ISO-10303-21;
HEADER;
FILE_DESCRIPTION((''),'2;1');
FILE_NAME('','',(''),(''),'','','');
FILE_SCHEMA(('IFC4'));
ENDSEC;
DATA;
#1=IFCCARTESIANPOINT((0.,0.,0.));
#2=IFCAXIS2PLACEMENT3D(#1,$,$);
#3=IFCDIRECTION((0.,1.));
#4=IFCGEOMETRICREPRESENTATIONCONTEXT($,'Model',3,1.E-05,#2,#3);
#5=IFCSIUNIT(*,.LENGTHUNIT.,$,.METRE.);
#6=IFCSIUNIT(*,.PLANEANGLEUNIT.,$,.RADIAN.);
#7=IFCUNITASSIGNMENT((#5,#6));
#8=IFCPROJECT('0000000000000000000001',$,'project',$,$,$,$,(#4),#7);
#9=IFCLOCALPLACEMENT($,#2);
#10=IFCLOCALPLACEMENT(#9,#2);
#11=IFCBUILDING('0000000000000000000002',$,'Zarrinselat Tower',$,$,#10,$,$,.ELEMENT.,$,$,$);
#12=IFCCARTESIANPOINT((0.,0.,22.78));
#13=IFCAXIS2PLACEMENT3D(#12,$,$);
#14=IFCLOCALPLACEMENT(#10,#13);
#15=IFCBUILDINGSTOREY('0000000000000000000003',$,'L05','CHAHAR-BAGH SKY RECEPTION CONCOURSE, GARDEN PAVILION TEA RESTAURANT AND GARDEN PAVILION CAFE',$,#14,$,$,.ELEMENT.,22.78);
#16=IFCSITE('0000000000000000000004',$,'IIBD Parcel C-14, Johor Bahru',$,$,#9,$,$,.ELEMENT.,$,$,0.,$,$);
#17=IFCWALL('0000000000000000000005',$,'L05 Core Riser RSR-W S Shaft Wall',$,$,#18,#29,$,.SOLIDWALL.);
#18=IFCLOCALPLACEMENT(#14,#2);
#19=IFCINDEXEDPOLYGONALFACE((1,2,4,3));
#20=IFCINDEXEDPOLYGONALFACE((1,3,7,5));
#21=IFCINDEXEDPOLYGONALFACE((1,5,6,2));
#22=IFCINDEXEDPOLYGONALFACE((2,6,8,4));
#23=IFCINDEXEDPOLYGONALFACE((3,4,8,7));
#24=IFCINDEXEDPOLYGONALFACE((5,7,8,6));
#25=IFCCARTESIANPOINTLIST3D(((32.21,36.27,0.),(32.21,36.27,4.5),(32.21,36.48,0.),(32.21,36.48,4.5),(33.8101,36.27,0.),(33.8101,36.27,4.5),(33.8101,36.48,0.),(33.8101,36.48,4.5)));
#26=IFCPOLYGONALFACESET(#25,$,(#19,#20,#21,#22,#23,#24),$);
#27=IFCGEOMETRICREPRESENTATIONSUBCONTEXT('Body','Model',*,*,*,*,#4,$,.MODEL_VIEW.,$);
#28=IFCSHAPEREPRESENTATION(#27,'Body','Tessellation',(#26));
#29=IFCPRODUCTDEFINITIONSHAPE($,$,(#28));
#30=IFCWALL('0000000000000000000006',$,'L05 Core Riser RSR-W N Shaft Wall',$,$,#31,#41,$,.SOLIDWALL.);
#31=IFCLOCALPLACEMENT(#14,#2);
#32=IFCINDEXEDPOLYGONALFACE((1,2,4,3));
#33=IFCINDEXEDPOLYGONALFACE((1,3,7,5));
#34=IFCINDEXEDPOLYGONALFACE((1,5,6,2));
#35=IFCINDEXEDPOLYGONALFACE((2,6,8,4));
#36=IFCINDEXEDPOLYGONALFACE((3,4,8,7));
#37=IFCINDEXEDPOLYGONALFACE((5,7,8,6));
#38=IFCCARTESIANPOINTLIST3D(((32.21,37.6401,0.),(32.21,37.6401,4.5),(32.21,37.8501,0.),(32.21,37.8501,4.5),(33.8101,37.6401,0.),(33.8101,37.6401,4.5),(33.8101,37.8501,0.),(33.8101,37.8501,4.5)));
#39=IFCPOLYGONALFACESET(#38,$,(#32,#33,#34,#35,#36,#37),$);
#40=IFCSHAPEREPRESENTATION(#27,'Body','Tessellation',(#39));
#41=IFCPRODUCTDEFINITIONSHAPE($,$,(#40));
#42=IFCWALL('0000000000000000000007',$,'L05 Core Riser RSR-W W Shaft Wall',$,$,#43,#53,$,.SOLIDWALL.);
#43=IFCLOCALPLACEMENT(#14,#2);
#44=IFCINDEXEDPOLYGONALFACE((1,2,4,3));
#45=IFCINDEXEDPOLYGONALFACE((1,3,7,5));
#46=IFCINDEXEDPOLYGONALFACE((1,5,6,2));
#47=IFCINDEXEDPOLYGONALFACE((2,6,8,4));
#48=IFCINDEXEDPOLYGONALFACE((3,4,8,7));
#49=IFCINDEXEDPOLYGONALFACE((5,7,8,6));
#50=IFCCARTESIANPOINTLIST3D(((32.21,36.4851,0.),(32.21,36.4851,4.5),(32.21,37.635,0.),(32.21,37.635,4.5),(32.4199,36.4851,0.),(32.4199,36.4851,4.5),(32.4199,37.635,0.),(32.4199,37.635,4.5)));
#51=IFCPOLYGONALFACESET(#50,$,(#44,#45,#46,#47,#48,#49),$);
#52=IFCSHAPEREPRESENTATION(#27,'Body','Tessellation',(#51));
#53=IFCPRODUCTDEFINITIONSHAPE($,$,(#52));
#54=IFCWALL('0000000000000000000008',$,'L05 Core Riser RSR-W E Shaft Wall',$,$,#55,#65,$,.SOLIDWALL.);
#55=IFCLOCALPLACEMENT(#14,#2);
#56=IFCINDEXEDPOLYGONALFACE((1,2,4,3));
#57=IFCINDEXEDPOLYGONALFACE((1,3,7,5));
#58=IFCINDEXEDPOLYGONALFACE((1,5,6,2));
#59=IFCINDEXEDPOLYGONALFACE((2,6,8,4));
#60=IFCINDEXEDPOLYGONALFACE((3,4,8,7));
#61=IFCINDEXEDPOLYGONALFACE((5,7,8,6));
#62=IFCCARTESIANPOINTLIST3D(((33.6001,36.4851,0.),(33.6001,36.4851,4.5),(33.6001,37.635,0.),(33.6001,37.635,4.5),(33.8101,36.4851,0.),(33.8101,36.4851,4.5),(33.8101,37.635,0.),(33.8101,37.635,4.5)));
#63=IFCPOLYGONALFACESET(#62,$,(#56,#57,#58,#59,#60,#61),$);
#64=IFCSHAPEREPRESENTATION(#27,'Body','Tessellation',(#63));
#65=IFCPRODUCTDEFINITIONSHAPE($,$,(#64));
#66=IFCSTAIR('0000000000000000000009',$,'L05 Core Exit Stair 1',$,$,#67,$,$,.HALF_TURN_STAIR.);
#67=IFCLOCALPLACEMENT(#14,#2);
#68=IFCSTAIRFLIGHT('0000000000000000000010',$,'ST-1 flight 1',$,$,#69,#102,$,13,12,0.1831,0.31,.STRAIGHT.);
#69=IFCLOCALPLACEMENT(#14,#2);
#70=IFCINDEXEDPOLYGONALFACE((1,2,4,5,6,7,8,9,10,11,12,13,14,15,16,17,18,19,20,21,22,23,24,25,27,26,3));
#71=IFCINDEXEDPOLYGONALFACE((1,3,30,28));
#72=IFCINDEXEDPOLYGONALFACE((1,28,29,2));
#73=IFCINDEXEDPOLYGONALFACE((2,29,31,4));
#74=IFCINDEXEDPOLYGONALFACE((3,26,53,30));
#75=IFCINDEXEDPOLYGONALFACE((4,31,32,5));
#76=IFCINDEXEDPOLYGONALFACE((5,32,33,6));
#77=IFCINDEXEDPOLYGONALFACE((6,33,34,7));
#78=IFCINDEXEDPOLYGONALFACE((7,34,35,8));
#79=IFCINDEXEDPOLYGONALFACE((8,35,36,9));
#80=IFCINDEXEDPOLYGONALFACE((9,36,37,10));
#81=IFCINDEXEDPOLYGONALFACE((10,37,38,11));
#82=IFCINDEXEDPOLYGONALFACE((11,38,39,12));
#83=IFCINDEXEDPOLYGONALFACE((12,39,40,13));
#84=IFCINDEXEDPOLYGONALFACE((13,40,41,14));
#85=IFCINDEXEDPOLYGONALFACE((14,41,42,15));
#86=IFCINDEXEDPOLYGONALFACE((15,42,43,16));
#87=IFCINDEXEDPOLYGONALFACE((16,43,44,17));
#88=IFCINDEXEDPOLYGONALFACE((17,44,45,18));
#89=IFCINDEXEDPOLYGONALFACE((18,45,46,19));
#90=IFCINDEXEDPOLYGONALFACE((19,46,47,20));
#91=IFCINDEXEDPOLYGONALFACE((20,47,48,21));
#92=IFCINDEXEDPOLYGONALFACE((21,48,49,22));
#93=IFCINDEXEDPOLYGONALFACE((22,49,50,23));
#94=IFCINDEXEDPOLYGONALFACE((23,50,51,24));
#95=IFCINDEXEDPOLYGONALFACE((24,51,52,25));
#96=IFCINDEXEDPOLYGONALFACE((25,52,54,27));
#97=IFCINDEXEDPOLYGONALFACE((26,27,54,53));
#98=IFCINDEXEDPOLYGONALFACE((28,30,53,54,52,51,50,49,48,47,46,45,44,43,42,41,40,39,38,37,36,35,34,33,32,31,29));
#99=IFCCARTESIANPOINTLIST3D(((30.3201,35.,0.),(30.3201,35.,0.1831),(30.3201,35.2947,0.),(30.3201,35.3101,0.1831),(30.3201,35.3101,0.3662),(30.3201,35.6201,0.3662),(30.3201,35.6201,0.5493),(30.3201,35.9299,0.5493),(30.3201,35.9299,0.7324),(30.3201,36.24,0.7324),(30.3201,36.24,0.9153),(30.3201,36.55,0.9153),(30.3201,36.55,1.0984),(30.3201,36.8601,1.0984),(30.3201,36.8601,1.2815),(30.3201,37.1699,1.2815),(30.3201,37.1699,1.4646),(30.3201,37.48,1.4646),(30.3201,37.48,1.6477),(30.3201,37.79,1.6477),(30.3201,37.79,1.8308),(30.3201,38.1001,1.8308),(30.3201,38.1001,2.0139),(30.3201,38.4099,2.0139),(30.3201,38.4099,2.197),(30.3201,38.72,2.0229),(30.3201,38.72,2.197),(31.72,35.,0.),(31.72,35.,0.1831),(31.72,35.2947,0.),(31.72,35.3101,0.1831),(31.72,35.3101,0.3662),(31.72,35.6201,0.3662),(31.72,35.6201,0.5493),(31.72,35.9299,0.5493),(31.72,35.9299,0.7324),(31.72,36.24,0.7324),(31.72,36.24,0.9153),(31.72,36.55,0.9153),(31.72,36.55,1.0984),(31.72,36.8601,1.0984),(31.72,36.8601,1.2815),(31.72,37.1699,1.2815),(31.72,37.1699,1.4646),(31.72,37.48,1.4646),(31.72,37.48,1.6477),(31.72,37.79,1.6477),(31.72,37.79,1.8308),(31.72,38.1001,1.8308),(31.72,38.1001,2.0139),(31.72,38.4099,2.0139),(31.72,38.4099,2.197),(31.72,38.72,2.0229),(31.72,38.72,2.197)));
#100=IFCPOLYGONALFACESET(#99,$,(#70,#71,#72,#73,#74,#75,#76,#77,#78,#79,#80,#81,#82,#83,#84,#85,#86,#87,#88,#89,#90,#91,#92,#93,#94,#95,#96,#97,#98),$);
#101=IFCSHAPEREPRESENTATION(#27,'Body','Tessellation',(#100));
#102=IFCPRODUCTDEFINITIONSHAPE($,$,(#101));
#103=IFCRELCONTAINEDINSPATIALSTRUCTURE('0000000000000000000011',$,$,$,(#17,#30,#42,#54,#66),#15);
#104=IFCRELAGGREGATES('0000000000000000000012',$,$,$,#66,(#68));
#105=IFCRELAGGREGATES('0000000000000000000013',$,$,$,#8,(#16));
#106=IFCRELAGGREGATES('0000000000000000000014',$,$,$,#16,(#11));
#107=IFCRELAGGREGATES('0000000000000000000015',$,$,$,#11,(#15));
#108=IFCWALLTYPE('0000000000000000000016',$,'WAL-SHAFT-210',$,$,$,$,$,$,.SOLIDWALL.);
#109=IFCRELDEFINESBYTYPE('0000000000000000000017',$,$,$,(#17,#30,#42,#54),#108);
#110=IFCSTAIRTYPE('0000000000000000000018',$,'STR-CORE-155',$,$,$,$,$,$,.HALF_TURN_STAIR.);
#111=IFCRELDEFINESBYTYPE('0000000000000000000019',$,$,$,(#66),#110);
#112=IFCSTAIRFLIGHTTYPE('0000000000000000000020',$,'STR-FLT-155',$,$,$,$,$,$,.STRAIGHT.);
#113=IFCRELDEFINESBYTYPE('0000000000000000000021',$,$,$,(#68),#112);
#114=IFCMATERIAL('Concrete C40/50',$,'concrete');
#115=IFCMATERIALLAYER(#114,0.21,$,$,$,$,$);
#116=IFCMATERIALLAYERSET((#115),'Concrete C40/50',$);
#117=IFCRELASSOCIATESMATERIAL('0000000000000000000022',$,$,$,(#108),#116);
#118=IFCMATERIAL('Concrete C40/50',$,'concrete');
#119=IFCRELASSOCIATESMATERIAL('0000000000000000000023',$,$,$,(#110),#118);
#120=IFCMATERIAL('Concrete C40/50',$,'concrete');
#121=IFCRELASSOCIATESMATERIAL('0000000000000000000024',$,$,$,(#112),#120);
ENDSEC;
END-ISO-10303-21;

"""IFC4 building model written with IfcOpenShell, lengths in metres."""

from ifc_helpers import new_model, si_unit, direction, frame, frame_2d, origin, place, context, subcontext, project, spatial, polyline, rectangle, outline, extrude, material, layer, layer_set, type_object, element, aggregate, save


model = new_model("IFC4")

# Units and contexts
model_context = context("Model", 3, precision=1e-05, world=origin(), true_north=direction((0.0, 1.0)))
body_context = subcontext(model_context, "Body", "Model", "MODEL_VIEW")
ifc_project = project(units=[si_unit("LENGTHUNIT", "METRE"), si_unit("PLANEANGLEUNIT", "RADIAN")], contexts=[model_context])

# Site, building, storey
site_placement = place(None, origin())
site = spatial("IfcSite", under=ifc_project, at=site_placement, Name="IIBD Parcel C-14, Johor Bahru", CompositionType="ELEMENT", RefElevation=0.0)
building_placement = place(site_placement, origin())
building = spatial("IfcBuilding", under=site, at=building_placement, Name="Zarrinselat Tower", CompositionType="ELEMENT")
storey_placement = place(building_placement, frame((0.0, 0.0, 22.78)))
storey = spatial("IfcBuildingStorey", under=building, at=storey_placement, Name="L05", Description="CHAHAR-BAGH SKY RECEPTION CONCOURSE, GARDEN PAVILION TEA RESTAURANT AND GARDEN PAVILION CAFE", CompositionType="ELEMENT", Elevation=22.78)

# Shared definitions
ifc_material_1 = material(Name="Concrete C40/50", Category="concrete")
ifc_layer_1 = layer(ifc_material_1, 0.21)
ifc_layer_set_1 = layer_set([ifc_layer_1], Name="Concrete C40/50")
wall_type_1 = type_object("IfcWallType", Name="WAL-SHAFT-210", PredefinedType="SOLIDWALL", material=ifc_layer_set_1)

# Walls
for number, where, z_axis, x_axis, name in (
    (1, (32.21, 36.375, 0.0), (0.0, 0.0, 1.0), (1.0, 0.0, 0.0), "L05 Core Riser RSR-W S Shaft Wall"),
    (2, (32.21, 37.7451, 0.0), (0.0, 0.0, 1.0), (1.0, 0.0, 0.0), "L05 Core Riser RSR-W N Shaft Wall"),
):
    element("IfcWall", number, at=place(storey_placement, frame(where, z_axis=z_axis, x_axis=x_axis)), inside=storey, type_object=wall_type_1, Name=name, PredefinedType="SOLIDWALL", context=body_context, shape_type="SweptSolid", body=[
        extrude(rectangle(XDim=1.6001, YDim=0.21, at=frame_2d((0.8, 0.0))), origin(), (0.0, 0.0, 1.0), 4.5),
    ])
for number, where, z_axis, x_axis, name in (
    (3, (32.3149, 36.4851, 0.0), (0.0, 0.0, 1.0), (0.0, 1.0, 0.0), "L05 Core Riser RSR-W W Shaft Wall"),
    (4, (33.7051, 36.4851, 0.0), (0.0, 0.0, 1.0), (0.0, 1.0, 0.0), "L05 Core Riser RSR-W E Shaft Wall"),
):
    element("IfcWall", number, at=place(storey_placement, frame(where, z_axis=z_axis, x_axis=x_axis)), inside=storey, type_object=wall_type_1, Name=name, PredefinedType="SOLIDWALL", context=body_context, shape_type="SweptSolid", body=[
        extrude(rectangle(XDim=1.1499, YDim=0.21, at=frame_2d((0.575, 0.0))), origin(), (0.0, 0.0, 1.0), 4.5),
    ])

# Stair, stair flight
ifc_material_2 = material(Name="Concrete C40/50", Category="concrete")
stair_type = type_object("IfcStairType", Name="STR-CORE-155", PredefinedType="HALF_TURN_STAIR", material=ifc_material_2)
stair_placement = place(storey_placement, origin())
stair = element("IfcStair", 5, at=stair_placement, inside=storey, type_object=stair_type, Name="L05 Core Exit Stair 1", PredefinedType="HALF_TURN_STAIR")
ifc_material_3 = material(Name="Concrete C40/50", Category="concrete")
stair_flight_type = type_object("IfcStairFlightType", Name="STR-FLT-155", PredefinedType="STRAIGHT", material=ifc_material_3)
stair_flight_placement = place(storey_placement, frame((31.02, 35.0, 0.0), z_axis=(0.0, 0.0, 1.0), x_axis=(0.0, 1.0, 0.0)))
stair_flight = element("IfcStairFlight", 6, at=stair_flight_placement, type_object=stair_flight_type, Name="ST-1 flight 1", NumberOfRisers=13, NumberOfTreads=12, PredefinedType="STRAIGHT", RiserHeight=0.1831, TreadLength=0.31, context=body_context, shape_type="SweptSolid", body=[
    extrude(outline(polyline([(0.0, 0.0), (0.0, 0.1831), (0.3101, 0.1831), (0.3101, 0.3662), (0.6201, 0.3662), (0.6201, 0.5493), (0.9299, 0.5493), (0.9299, 0.7324), (1.24, 0.7324), (1.24, 0.9153), (1.55, 0.9153), (1.55, 1.0984), (1.8601, 1.0984), (1.8601, 1.2815), (2.1699, 1.2815), (2.1699, 1.4646), (2.48, 1.4646), (2.48, 1.6477), (2.79, 1.6477), (2.79, 1.8308), (3.1001, 1.8308), (3.1001, 2.0139), (3.4099, 2.0139), (3.4099, 2.197), (3.72, 2.197), (3.72, 2.3799), (3.72, 2.0229), (0.2947, 0.0), (0.0, 0.0)])), frame((0.0, 0.7, 0.0), z_axis=(0.0, -1.0, 0.0), x_axis=(1.0, 0.0, 0.0)), (0.0, 0.0, 1.0), 1.3999),
])
aggregate(stair, [stair_flight])

save(model, "model.ifc")
